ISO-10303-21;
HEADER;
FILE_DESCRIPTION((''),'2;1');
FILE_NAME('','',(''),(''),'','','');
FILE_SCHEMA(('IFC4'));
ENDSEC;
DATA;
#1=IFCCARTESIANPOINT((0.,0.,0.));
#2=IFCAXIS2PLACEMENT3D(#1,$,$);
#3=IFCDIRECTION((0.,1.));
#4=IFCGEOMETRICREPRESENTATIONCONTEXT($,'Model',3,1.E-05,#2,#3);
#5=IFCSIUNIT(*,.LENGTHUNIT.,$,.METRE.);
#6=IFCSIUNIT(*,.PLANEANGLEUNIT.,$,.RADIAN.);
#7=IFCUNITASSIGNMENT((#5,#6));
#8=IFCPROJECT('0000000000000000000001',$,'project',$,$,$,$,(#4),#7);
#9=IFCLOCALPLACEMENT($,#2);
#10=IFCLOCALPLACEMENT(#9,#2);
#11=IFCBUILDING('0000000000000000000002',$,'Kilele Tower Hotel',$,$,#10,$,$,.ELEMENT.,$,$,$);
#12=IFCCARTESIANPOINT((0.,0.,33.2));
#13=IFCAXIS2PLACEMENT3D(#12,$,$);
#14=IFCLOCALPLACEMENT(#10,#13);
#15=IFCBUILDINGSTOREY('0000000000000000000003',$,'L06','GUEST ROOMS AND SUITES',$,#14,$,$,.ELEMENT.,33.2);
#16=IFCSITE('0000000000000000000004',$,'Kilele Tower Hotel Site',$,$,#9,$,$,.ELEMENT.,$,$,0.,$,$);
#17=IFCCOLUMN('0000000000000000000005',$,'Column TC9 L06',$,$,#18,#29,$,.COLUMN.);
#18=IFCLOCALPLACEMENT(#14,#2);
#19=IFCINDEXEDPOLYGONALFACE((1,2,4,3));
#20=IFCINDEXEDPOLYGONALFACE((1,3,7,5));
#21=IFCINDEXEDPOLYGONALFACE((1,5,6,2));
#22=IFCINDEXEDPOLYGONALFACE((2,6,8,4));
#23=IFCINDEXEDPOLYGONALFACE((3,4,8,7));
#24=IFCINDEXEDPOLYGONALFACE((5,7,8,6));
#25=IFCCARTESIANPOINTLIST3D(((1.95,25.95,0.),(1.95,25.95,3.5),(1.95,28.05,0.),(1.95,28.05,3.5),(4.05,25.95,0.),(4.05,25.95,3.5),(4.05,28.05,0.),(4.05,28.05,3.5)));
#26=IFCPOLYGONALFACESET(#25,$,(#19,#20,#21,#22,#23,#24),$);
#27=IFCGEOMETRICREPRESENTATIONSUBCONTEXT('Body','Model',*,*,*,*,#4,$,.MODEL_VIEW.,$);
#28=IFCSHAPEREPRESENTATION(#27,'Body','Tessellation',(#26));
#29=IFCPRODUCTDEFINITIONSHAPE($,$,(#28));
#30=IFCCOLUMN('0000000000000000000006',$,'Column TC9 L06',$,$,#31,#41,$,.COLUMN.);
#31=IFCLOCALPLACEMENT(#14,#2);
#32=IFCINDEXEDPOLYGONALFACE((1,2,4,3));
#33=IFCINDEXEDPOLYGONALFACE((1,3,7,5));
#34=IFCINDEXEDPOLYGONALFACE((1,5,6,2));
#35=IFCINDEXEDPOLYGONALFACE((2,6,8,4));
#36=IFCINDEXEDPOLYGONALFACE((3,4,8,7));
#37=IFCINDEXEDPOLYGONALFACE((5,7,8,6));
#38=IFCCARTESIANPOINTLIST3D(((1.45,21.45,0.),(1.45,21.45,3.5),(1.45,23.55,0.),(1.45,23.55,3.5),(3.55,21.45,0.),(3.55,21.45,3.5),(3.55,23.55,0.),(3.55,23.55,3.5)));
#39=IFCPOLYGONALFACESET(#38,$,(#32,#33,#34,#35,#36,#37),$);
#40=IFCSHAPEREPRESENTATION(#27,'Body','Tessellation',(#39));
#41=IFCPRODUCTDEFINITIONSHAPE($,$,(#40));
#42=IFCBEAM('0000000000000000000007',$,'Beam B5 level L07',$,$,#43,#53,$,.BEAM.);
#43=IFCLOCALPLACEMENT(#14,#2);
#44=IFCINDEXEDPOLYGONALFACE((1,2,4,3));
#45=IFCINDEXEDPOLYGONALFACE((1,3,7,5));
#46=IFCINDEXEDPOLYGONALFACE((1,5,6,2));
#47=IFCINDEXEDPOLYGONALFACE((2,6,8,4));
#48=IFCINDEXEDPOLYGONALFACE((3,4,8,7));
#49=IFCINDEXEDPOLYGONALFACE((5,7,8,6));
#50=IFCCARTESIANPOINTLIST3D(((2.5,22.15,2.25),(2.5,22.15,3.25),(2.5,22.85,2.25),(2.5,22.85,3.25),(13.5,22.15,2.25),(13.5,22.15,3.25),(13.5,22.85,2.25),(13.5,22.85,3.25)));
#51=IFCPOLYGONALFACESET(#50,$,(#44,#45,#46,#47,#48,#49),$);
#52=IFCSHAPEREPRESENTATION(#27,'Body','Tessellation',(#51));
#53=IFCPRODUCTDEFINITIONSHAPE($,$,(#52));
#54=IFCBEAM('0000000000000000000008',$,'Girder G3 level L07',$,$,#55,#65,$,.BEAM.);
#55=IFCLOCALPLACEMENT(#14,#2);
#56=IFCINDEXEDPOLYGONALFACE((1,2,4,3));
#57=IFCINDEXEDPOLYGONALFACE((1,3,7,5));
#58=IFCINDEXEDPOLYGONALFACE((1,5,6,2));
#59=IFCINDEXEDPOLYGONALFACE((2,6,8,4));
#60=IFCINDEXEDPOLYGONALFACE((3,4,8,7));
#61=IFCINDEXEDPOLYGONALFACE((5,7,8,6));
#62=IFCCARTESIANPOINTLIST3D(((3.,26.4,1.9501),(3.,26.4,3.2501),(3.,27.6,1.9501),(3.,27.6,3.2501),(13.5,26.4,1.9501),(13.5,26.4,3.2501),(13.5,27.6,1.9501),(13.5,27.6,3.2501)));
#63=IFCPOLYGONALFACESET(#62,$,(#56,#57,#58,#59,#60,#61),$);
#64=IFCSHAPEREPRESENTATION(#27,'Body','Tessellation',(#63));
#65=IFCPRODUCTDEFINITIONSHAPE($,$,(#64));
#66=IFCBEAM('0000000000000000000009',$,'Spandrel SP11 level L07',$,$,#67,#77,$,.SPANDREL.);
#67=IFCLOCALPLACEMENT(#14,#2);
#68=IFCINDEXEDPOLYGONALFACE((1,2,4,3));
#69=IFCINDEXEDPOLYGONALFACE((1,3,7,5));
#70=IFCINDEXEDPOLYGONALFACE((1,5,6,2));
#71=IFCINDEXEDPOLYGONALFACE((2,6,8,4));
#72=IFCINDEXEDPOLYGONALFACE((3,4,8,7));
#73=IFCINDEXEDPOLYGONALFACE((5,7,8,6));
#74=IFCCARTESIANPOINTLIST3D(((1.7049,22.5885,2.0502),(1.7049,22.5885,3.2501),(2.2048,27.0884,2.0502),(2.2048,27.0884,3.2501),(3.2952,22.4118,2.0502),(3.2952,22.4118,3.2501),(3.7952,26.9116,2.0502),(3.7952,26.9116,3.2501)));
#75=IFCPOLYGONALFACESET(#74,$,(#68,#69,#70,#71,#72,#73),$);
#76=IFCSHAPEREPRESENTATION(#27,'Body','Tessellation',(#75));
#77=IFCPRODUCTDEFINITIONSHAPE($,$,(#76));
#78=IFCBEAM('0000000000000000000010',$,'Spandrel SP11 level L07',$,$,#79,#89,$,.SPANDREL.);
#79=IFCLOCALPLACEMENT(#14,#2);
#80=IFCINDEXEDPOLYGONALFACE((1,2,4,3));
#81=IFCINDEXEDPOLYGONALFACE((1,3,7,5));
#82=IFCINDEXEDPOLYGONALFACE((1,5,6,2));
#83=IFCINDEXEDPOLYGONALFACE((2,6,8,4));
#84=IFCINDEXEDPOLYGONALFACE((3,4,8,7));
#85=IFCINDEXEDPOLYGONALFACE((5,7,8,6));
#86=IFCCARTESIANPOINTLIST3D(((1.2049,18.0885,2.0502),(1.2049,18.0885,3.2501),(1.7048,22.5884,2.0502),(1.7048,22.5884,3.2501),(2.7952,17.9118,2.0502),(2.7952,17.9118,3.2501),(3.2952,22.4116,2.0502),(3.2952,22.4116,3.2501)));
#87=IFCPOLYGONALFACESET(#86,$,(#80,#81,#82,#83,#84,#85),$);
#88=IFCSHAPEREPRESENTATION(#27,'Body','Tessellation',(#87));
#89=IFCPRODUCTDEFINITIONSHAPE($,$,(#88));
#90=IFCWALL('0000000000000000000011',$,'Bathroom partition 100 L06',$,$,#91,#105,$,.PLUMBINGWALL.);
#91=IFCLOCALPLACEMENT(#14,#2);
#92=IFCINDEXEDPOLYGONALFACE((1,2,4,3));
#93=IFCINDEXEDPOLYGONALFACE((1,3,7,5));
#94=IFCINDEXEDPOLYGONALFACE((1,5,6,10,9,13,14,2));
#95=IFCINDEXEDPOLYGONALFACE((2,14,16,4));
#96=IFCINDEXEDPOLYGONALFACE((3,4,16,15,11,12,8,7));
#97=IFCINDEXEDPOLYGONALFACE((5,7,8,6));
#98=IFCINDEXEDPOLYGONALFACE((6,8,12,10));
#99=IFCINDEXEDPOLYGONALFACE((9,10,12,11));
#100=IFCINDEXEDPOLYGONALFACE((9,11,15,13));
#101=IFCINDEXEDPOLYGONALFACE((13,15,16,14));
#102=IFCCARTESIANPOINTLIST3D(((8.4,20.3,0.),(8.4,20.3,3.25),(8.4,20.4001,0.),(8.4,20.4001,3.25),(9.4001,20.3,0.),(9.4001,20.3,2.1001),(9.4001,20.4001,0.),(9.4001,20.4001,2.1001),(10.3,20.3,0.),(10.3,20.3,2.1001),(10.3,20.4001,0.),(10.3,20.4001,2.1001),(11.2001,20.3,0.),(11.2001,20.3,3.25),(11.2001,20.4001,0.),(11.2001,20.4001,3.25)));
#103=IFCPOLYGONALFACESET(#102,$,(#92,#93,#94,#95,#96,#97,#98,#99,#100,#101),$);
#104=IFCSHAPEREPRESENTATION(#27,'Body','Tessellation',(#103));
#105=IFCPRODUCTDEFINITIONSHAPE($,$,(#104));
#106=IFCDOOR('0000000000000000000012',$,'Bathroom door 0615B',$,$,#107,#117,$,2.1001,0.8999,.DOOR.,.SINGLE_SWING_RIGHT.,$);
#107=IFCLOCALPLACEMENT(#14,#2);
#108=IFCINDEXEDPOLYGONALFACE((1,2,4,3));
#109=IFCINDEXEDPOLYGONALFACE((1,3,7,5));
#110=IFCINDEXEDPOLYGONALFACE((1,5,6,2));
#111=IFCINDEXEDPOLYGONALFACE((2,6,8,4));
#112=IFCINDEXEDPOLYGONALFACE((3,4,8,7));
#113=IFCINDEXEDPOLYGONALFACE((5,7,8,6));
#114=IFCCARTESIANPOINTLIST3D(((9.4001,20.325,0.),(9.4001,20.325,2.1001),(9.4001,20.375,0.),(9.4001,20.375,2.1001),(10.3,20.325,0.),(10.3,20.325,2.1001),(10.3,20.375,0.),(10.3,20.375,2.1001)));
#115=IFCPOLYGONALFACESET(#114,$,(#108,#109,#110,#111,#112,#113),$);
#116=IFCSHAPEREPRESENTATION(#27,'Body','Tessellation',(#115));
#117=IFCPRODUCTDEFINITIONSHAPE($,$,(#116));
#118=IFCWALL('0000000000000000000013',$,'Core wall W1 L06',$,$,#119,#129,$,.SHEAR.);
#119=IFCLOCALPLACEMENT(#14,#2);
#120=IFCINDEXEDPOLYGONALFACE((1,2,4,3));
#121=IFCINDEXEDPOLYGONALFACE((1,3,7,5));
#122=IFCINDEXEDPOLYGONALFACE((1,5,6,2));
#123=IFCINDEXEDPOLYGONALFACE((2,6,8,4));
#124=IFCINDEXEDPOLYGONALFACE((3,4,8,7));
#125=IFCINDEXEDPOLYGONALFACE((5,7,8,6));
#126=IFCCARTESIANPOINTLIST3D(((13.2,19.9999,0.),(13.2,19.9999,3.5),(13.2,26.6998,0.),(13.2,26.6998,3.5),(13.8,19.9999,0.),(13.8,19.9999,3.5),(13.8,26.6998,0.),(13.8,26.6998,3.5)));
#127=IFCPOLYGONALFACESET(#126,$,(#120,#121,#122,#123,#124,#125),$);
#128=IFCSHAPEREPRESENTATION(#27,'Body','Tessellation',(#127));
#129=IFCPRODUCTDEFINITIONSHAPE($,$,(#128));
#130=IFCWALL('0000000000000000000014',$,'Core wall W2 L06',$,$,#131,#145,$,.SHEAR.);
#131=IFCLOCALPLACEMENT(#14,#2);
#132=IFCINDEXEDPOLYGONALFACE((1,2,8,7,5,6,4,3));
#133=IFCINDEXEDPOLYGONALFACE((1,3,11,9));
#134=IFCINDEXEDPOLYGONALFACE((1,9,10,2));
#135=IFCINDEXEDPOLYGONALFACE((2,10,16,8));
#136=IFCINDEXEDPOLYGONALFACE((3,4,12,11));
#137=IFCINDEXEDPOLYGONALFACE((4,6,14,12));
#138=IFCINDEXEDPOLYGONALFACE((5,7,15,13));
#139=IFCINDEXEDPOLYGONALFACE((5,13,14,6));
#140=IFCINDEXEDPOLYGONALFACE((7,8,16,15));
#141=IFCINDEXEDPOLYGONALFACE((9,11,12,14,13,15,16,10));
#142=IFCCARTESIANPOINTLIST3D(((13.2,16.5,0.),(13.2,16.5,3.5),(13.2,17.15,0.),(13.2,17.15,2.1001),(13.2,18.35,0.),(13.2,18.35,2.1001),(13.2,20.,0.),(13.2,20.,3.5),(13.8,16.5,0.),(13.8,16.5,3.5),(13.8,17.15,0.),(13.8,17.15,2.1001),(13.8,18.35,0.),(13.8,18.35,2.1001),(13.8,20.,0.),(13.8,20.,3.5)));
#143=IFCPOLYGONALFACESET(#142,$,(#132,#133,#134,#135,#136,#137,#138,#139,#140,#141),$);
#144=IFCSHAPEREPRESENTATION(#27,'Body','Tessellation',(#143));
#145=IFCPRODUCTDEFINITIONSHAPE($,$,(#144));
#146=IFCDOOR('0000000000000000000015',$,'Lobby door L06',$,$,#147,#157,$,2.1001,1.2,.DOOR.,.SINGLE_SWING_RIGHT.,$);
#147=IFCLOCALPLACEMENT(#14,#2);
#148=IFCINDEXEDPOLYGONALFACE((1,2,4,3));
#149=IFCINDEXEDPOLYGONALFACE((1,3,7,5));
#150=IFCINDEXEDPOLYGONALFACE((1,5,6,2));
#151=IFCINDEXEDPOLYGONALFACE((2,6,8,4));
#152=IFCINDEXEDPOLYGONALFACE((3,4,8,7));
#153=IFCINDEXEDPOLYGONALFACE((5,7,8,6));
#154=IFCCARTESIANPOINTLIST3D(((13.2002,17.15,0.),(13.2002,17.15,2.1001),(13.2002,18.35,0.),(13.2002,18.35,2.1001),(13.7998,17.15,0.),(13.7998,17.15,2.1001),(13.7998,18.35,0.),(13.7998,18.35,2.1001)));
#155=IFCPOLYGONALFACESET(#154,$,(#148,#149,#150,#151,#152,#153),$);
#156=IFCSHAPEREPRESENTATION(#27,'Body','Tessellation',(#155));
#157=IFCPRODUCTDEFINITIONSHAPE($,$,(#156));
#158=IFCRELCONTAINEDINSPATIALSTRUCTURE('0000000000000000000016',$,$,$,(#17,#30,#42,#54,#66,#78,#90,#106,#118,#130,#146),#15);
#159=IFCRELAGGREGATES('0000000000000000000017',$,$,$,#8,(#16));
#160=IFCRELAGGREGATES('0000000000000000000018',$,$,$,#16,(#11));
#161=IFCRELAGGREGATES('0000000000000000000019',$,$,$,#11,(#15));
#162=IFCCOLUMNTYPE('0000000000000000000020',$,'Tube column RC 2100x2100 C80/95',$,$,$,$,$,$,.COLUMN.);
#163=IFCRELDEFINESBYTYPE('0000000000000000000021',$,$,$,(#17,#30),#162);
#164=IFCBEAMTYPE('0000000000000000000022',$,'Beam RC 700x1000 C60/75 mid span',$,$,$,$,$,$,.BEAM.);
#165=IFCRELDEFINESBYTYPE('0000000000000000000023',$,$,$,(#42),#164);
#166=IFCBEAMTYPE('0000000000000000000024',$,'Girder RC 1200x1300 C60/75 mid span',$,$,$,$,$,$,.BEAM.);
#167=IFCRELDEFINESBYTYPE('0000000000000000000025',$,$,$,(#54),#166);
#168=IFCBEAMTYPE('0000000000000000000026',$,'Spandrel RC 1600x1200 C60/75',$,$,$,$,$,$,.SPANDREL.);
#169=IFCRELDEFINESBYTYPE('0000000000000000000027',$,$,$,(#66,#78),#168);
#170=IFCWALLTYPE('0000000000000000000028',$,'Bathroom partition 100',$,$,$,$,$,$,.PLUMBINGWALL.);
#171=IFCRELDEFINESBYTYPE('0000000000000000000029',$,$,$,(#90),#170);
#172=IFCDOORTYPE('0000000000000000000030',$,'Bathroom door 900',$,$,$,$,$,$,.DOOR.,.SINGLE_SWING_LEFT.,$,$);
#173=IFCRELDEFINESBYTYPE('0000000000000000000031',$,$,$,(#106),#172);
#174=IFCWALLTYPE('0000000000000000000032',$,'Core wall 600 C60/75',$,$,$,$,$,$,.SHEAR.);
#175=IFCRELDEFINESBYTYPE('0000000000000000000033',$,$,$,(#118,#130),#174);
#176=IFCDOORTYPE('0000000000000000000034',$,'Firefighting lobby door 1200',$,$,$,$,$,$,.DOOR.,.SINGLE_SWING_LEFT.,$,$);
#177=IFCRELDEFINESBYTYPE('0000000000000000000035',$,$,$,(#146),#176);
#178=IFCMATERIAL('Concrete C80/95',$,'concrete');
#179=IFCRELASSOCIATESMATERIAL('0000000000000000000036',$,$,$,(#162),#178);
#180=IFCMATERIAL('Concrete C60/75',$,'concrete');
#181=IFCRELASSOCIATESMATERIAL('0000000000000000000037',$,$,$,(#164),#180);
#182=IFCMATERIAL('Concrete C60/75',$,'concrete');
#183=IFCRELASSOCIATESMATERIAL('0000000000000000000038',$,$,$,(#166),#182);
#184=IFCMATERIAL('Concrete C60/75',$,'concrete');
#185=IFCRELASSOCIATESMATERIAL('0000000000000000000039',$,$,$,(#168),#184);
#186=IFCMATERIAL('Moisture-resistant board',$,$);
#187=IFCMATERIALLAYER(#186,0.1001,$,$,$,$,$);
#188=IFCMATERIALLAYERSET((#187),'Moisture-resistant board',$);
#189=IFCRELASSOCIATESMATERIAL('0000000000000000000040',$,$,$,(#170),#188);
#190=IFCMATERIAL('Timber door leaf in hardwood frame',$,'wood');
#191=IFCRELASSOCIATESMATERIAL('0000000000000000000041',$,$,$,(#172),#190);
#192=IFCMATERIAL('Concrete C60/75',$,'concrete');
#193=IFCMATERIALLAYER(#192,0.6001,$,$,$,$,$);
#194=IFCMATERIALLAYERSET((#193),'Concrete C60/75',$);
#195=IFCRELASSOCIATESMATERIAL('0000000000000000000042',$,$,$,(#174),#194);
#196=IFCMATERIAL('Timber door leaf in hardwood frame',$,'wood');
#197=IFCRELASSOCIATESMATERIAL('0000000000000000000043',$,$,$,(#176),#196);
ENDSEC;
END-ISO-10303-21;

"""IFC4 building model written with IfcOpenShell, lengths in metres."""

from ifc_helpers import new_model, si_unit, direction, frame, frame_2d, origin, origin_2d, place, context, subcontext, project, spatial, rectangle, extrude, material, layer, layer_set, material_profile, profile_set, type_object, element, fill, save


model = new_model("IFC4")

# Units and contexts
model_context = context("Model", 3, precision=1e-05, world=origin(), true_north=direction((0.0, 1.0)))
body_context = subcontext(model_context, "Body", "Model", "MODEL_VIEW")
ifc_project = project(units=[si_unit("LENGTHUNIT", "METRE"), si_unit("PLANEANGLEUNIT", "RADIAN")], contexts=[model_context])

# Site, building, storey
site_placement = place(None, origin())
site = spatial("IfcSite", under=ifc_project, at=site_placement, Name="Kilele Tower Hotel Site", CompositionType="ELEMENT", RefElevation=0.0)
building_placement = place(site_placement, origin())
building = spatial("IfcBuilding", under=site, at=building_placement, Name="Kilele Tower Hotel", CompositionType="ELEMENT")
storey_placement = place(building_placement, frame((0.0, 0.0, 33.2)))
storey = spatial("IfcBuildingStorey", under=building, at=storey_placement, Name="L06", Description="GUEST ROOMS AND SUITES", CompositionType="ELEMENT", Elevation=33.2)

# Columns
ifc_material_1 = material(Name="Concrete C80/95", Category="concrete")
ifc_material_profile_1 = material_profile(ifc_material_1, rectangle(XDim=2.1001, YDim=2.1001, at=origin_2d()))
ifc_profile_set_1 = profile_set([ifc_material_profile_1], Name="Concrete C80/95")
column_type = type_object("IfcColumnType", Name="Tube column RC 2100x2100 C80/95", PredefinedType="COLUMN", material=ifc_profile_set_1)
for number, where, z_axis, x_axis, name in (
    (1, (3.0, 27.0, 0.0), (0.0, 0.0, 1.0), (1.0, 0.0, 0.0), "Column TC9 L06"),
    (2, (2.5, 22.5, 0.0), (0.0, 0.0, 1.0), (1.0, 0.0, 0.0), "Column TC9 L06"),
):
    element("IfcColumn", number, at=place(storey_placement, frame(where, z_axis=z_axis, x_axis=x_axis)), inside=storey, type_object=column_type, Name=name, PredefinedType="COLUMN", context=body_context, shape_type="SweptSolid", body=[
        extrude(rectangle(XDim=2.1001, YDim=2.1001, at=origin_2d()), origin(), (0.0, 0.0, 1.0), 3.5),
    ])

# Beams
ifc_material_2 = material(Name="Concrete C60/75", Category="concrete")
ifc_material_profile_2 = material_profile(ifc_material_2, rectangle(XDim=0.7, YDim=1.0, at=origin_2d()))
ifc_profile_set_2 = profile_set([ifc_material_profile_2], Name="Concrete C60/75")
beam_type_1 = type_object("IfcBeamType", Name="Beam RC 700x1000 C60/75 mid span", PredefinedType="BEAM", material=ifc_profile_set_2)
beam_1_placement = place(storey_placement, frame((2.5, 22.5, 2.75), z_axis=(1.0, 0.0, 0.0), x_axis=(0.0, 1.0, 0.0)))
element("IfcBeam", 3, at=beam_1_placement, inside=storey, type_object=beam_type_1, Name="Beam B5 level L07", PredefinedType="BEAM", context=body_context, shape_type="SweptSolid", body=[
    extrude(rectangle(XDim=0.7, YDim=1.0, at=origin_2d()), origin(), (0.0, 0.0, 1.0), 11.0),
])
ifc_material_3 = material(Name="Concrete C60/75", Category="concrete")
ifc_material_profile_3 = material_profile(ifc_material_3, rectangle(XDim=1.2, YDim=1.3, at=origin_2d()))
ifc_profile_set_3 = profile_set([ifc_material_profile_3], Name="Concrete C60/75")
beam_type_2 = type_object("IfcBeamType", Name="Girder RC 1200x1300 C60/75 mid span", PredefinedType="BEAM", material=ifc_profile_set_3)
beam_2_placement = place(storey_placement, frame((3.0, 27.0, 2.6001), z_axis=(1.0, 0.0, 0.0), x_axis=(0.0, 1.0, 0.0)))
element("IfcBeam", 4, at=beam_2_placement, inside=storey, type_object=beam_type_2, Name="Girder G3 level L07", PredefinedType="BEAM", context=body_context, shape_type="SweptSolid", body=[
    extrude(rectangle(XDim=1.2, YDim=1.3, at=origin_2d()), origin(), (0.0, 0.0, 1.0), 10.5),
])
ifc_material_4 = material(Name="Concrete C60/75", Category="concrete")
ifc_material_profile_4 = material_profile(ifc_material_4, rectangle(XDim=1.6001, YDim=1.2, at=origin_2d()))
ifc_profile_set_4 = profile_set([ifc_material_profile_4], Name="Concrete C60/75")
beam_type_3 = type_object("IfcBeamType", Name="Spandrel RC 1600x1200 C60/75", PredefinedType="SPANDREL", material=ifc_profile_set_4)
for number, where, z_axis, x_axis, name in (
    (5, (3.0, 27.0, 2.6501), (-0.110432, -0.993884, 0.0), (0.993884, -0.110432, 0.0), "Spandrel SP11 level L07"),
    (6, (2.5, 22.5, 2.6501), (-0.110432, -0.993884, 0.0), (0.993884, -0.110432, 0.0), "Spandrel SP11 level L07"),
):
    element("IfcBeam", number, at=place(storey_placement, frame(where, z_axis=z_axis, x_axis=x_axis)), inside=storey, type_object=beam_type_3, Name=name, PredefinedType="SPANDREL", context=body_context, shape_type="SweptSolid", body=[
        extrude(rectangle(XDim=1.6001, YDim=1.2, at=origin_2d()), origin(), (0.0, 0.0, 1.0), 4.5276),
    ])

# Wall, opening, door
ifc_material_5 = material(Name="Moisture-resistant board")
ifc_layer_1 = layer(ifc_material_5, 0.1001)
ifc_layer_set_1 = layer_set([ifc_layer_1], Name="Moisture-resistant board")
wall_type_1 = type_object("IfcWallType", Name="Bathroom partition 100", PredefinedType="PLUMBINGWALL", material=ifc_layer_set_1)
wall_1_placement = place(storey_placement, frame((11.2, 20.3501, 0.0), z_axis=(0.0, 0.0, 1.0), x_axis=(-1.0, 0.0, 0.0)))
wall_1 = element("IfcWall", 7, at=wall_1_placement, inside=storey, type_object=wall_type_1, Name="Bathroom partition 100 L06", PredefinedType="PLUMBINGWALL", context=body_context, shape_type="SweptSolid", body=[
    extrude(rectangle(XDim=2.8, YDim=0.1001, at=frame_2d((1.3999, 0.0))), origin(), (0.0, 0.0, 1.0), 3.25),
])
opening_1_placement = place(wall_1_placement, frame((1.7998, 0.0, 0.0), z_axis=(0.0, 0.0, 1.0), x_axis=(-1.0, 0.0, 0.0)))
opening_1 = element("IfcOpeningElement", 8, at=opening_1_placement, cuts=wall_1, PredefinedType="OPENING", context=body_context, shape_type="SweptSolid", body=[
    extrude(rectangle(XDim=0.8999, YDim=2.1001, at=frame_2d((0.45, 1.05))), frame((0.0, 0.0601, 0.0), z_axis=(0.0, -1.0, 0.0), x_axis=(1.0, 0.0, 0.0)), (0.0, 0.0, 1.0), 0.1201),
])
ifc_material_6 = material(Name="Timber door leaf in hardwood frame", Category="wood")
door_type_1 = type_object("IfcDoorType", Name="Bathroom door 900", OperationType="SINGLE_SWING_LEFT", PredefinedType="DOOR", material=ifc_material_6)
door_1_placement = place(opening_1_placement, origin())
door_1 = element("IfcDoor", 9, at=door_1_placement, inside=storey, type_object=door_type_1, Name="Bathroom door 0615B", OperationType="SINGLE_SWING_RIGHT", OverallHeight=2.1001, OverallWidth=0.8999, PredefinedType="DOOR", context=body_context, shape_type="SweptSolid", body=[
    extrude(rectangle(XDim=0.8999, YDim=2.1001, at=frame_2d((0.45, 1.05))), frame((0.0, 0.0249, 0.0), z_axis=(0.0, -1.0, 0.0), x_axis=(1.0, 0.0, 0.0)), (0.0, 0.0, 1.0), 0.05),
])
fill(opening_1, door_1)

# Wall
ifc_material_7 = material(Name="Concrete C60/75", Category="concrete")
ifc_layer_2 = layer(ifc_material_7, 0.6001)
ifc_layer_set_2 = layer_set([ifc_layer_2], Name="Concrete C60/75")
wall_type_2 = type_object("IfcWallType", Name="Core wall 600 C60/75", PredefinedType="SHEAR", material=ifc_layer_set_2)
wall_2_placement = place(storey_placement, frame((13.5, 26.7, 0.0), z_axis=(0.0, 0.0, 1.0), x_axis=(0.0, -1.0, 0.0)))
element("IfcWall", 10, at=wall_2_placement, inside=storey, type_object=wall_type_2, Name="Core wall W1 L06", PredefinedType="SHEAR", context=body_context, shape_type="SweptSolid", body=[
    extrude(rectangle(XDim=6.7, YDim=0.6001, at=frame_2d((3.3501, 0.0))), origin(), (0.0, 0.0, 1.0), 3.5),
])

# Wall, opening, door
wall_3_placement = place(storey_placement, frame((13.5, 20.0, 0.0), z_axis=(0.0, 0.0, 1.0), x_axis=(0.0, -1.0, 0.0)))
wall_3 = element("IfcWall", 11, at=wall_3_placement, inside=storey, type_object=wall_type_2, Name="Core wall W2 L06", PredefinedType="SHEAR", context=body_context, shape_type="SweptSolid", body=[
    extrude(rectangle(XDim=3.5, YDim=0.6001, at=frame_2d((1.75, 0.0))), origin(), (0.0, 0.0, 1.0), 3.5),
])
opening_2_placement = place(wall_3_placement, frame((1.6499, 0.0, 0.0)))
opening_2 = element("IfcOpeningElement", 12, at=opening_2_placement, cuts=wall_3, PredefinedType="OPENING", context=body_context, shape_type="SweptSolid", body=[
    extrude(rectangle(XDim=1.2, YDim=2.1001, at=frame_2d((0.6001, 1.05))), frame((0.0, 0.3101, 0.0), z_axis=(0.0, -1.0, 0.0), x_axis=(1.0, 0.0, 0.0)), (0.0, 0.0, 1.0), 0.6201),
])
ifc_material_8 = material(Name="Timber door leaf in hardwood frame", Category="wood")
door_type_2 = type_object("IfcDoorType", Name="Firefighting lobby door 1200", OperationType="SINGLE_SWING_LEFT", PredefinedType="DOOR", material=ifc_material_8)
door_2_placement = place(opening_2_placement, origin())
door_2 = element("IfcDoor", 13, at=door_2_placement, inside=storey, type_object=door_type_2, Name="Lobby door L06", OperationType="SINGLE_SWING_RIGHT", OverallHeight=2.1001, OverallWidth=1.2, PredefinedType="DOOR", context=body_context, shape_type="SweptSolid", body=[
    extrude(rectangle(XDim=1.2, YDim=2.1001, at=frame_2d((0.6001, 1.05))), frame((0.0, 0.2998, 0.0), z_axis=(0.0, -1.0, 0.0), x_axis=(1.0, 0.0, 0.0)), (0.0, 0.0, 1.0), 0.5996),
])
fill(opening_2, door_2)

save(model, "model.ifc")
